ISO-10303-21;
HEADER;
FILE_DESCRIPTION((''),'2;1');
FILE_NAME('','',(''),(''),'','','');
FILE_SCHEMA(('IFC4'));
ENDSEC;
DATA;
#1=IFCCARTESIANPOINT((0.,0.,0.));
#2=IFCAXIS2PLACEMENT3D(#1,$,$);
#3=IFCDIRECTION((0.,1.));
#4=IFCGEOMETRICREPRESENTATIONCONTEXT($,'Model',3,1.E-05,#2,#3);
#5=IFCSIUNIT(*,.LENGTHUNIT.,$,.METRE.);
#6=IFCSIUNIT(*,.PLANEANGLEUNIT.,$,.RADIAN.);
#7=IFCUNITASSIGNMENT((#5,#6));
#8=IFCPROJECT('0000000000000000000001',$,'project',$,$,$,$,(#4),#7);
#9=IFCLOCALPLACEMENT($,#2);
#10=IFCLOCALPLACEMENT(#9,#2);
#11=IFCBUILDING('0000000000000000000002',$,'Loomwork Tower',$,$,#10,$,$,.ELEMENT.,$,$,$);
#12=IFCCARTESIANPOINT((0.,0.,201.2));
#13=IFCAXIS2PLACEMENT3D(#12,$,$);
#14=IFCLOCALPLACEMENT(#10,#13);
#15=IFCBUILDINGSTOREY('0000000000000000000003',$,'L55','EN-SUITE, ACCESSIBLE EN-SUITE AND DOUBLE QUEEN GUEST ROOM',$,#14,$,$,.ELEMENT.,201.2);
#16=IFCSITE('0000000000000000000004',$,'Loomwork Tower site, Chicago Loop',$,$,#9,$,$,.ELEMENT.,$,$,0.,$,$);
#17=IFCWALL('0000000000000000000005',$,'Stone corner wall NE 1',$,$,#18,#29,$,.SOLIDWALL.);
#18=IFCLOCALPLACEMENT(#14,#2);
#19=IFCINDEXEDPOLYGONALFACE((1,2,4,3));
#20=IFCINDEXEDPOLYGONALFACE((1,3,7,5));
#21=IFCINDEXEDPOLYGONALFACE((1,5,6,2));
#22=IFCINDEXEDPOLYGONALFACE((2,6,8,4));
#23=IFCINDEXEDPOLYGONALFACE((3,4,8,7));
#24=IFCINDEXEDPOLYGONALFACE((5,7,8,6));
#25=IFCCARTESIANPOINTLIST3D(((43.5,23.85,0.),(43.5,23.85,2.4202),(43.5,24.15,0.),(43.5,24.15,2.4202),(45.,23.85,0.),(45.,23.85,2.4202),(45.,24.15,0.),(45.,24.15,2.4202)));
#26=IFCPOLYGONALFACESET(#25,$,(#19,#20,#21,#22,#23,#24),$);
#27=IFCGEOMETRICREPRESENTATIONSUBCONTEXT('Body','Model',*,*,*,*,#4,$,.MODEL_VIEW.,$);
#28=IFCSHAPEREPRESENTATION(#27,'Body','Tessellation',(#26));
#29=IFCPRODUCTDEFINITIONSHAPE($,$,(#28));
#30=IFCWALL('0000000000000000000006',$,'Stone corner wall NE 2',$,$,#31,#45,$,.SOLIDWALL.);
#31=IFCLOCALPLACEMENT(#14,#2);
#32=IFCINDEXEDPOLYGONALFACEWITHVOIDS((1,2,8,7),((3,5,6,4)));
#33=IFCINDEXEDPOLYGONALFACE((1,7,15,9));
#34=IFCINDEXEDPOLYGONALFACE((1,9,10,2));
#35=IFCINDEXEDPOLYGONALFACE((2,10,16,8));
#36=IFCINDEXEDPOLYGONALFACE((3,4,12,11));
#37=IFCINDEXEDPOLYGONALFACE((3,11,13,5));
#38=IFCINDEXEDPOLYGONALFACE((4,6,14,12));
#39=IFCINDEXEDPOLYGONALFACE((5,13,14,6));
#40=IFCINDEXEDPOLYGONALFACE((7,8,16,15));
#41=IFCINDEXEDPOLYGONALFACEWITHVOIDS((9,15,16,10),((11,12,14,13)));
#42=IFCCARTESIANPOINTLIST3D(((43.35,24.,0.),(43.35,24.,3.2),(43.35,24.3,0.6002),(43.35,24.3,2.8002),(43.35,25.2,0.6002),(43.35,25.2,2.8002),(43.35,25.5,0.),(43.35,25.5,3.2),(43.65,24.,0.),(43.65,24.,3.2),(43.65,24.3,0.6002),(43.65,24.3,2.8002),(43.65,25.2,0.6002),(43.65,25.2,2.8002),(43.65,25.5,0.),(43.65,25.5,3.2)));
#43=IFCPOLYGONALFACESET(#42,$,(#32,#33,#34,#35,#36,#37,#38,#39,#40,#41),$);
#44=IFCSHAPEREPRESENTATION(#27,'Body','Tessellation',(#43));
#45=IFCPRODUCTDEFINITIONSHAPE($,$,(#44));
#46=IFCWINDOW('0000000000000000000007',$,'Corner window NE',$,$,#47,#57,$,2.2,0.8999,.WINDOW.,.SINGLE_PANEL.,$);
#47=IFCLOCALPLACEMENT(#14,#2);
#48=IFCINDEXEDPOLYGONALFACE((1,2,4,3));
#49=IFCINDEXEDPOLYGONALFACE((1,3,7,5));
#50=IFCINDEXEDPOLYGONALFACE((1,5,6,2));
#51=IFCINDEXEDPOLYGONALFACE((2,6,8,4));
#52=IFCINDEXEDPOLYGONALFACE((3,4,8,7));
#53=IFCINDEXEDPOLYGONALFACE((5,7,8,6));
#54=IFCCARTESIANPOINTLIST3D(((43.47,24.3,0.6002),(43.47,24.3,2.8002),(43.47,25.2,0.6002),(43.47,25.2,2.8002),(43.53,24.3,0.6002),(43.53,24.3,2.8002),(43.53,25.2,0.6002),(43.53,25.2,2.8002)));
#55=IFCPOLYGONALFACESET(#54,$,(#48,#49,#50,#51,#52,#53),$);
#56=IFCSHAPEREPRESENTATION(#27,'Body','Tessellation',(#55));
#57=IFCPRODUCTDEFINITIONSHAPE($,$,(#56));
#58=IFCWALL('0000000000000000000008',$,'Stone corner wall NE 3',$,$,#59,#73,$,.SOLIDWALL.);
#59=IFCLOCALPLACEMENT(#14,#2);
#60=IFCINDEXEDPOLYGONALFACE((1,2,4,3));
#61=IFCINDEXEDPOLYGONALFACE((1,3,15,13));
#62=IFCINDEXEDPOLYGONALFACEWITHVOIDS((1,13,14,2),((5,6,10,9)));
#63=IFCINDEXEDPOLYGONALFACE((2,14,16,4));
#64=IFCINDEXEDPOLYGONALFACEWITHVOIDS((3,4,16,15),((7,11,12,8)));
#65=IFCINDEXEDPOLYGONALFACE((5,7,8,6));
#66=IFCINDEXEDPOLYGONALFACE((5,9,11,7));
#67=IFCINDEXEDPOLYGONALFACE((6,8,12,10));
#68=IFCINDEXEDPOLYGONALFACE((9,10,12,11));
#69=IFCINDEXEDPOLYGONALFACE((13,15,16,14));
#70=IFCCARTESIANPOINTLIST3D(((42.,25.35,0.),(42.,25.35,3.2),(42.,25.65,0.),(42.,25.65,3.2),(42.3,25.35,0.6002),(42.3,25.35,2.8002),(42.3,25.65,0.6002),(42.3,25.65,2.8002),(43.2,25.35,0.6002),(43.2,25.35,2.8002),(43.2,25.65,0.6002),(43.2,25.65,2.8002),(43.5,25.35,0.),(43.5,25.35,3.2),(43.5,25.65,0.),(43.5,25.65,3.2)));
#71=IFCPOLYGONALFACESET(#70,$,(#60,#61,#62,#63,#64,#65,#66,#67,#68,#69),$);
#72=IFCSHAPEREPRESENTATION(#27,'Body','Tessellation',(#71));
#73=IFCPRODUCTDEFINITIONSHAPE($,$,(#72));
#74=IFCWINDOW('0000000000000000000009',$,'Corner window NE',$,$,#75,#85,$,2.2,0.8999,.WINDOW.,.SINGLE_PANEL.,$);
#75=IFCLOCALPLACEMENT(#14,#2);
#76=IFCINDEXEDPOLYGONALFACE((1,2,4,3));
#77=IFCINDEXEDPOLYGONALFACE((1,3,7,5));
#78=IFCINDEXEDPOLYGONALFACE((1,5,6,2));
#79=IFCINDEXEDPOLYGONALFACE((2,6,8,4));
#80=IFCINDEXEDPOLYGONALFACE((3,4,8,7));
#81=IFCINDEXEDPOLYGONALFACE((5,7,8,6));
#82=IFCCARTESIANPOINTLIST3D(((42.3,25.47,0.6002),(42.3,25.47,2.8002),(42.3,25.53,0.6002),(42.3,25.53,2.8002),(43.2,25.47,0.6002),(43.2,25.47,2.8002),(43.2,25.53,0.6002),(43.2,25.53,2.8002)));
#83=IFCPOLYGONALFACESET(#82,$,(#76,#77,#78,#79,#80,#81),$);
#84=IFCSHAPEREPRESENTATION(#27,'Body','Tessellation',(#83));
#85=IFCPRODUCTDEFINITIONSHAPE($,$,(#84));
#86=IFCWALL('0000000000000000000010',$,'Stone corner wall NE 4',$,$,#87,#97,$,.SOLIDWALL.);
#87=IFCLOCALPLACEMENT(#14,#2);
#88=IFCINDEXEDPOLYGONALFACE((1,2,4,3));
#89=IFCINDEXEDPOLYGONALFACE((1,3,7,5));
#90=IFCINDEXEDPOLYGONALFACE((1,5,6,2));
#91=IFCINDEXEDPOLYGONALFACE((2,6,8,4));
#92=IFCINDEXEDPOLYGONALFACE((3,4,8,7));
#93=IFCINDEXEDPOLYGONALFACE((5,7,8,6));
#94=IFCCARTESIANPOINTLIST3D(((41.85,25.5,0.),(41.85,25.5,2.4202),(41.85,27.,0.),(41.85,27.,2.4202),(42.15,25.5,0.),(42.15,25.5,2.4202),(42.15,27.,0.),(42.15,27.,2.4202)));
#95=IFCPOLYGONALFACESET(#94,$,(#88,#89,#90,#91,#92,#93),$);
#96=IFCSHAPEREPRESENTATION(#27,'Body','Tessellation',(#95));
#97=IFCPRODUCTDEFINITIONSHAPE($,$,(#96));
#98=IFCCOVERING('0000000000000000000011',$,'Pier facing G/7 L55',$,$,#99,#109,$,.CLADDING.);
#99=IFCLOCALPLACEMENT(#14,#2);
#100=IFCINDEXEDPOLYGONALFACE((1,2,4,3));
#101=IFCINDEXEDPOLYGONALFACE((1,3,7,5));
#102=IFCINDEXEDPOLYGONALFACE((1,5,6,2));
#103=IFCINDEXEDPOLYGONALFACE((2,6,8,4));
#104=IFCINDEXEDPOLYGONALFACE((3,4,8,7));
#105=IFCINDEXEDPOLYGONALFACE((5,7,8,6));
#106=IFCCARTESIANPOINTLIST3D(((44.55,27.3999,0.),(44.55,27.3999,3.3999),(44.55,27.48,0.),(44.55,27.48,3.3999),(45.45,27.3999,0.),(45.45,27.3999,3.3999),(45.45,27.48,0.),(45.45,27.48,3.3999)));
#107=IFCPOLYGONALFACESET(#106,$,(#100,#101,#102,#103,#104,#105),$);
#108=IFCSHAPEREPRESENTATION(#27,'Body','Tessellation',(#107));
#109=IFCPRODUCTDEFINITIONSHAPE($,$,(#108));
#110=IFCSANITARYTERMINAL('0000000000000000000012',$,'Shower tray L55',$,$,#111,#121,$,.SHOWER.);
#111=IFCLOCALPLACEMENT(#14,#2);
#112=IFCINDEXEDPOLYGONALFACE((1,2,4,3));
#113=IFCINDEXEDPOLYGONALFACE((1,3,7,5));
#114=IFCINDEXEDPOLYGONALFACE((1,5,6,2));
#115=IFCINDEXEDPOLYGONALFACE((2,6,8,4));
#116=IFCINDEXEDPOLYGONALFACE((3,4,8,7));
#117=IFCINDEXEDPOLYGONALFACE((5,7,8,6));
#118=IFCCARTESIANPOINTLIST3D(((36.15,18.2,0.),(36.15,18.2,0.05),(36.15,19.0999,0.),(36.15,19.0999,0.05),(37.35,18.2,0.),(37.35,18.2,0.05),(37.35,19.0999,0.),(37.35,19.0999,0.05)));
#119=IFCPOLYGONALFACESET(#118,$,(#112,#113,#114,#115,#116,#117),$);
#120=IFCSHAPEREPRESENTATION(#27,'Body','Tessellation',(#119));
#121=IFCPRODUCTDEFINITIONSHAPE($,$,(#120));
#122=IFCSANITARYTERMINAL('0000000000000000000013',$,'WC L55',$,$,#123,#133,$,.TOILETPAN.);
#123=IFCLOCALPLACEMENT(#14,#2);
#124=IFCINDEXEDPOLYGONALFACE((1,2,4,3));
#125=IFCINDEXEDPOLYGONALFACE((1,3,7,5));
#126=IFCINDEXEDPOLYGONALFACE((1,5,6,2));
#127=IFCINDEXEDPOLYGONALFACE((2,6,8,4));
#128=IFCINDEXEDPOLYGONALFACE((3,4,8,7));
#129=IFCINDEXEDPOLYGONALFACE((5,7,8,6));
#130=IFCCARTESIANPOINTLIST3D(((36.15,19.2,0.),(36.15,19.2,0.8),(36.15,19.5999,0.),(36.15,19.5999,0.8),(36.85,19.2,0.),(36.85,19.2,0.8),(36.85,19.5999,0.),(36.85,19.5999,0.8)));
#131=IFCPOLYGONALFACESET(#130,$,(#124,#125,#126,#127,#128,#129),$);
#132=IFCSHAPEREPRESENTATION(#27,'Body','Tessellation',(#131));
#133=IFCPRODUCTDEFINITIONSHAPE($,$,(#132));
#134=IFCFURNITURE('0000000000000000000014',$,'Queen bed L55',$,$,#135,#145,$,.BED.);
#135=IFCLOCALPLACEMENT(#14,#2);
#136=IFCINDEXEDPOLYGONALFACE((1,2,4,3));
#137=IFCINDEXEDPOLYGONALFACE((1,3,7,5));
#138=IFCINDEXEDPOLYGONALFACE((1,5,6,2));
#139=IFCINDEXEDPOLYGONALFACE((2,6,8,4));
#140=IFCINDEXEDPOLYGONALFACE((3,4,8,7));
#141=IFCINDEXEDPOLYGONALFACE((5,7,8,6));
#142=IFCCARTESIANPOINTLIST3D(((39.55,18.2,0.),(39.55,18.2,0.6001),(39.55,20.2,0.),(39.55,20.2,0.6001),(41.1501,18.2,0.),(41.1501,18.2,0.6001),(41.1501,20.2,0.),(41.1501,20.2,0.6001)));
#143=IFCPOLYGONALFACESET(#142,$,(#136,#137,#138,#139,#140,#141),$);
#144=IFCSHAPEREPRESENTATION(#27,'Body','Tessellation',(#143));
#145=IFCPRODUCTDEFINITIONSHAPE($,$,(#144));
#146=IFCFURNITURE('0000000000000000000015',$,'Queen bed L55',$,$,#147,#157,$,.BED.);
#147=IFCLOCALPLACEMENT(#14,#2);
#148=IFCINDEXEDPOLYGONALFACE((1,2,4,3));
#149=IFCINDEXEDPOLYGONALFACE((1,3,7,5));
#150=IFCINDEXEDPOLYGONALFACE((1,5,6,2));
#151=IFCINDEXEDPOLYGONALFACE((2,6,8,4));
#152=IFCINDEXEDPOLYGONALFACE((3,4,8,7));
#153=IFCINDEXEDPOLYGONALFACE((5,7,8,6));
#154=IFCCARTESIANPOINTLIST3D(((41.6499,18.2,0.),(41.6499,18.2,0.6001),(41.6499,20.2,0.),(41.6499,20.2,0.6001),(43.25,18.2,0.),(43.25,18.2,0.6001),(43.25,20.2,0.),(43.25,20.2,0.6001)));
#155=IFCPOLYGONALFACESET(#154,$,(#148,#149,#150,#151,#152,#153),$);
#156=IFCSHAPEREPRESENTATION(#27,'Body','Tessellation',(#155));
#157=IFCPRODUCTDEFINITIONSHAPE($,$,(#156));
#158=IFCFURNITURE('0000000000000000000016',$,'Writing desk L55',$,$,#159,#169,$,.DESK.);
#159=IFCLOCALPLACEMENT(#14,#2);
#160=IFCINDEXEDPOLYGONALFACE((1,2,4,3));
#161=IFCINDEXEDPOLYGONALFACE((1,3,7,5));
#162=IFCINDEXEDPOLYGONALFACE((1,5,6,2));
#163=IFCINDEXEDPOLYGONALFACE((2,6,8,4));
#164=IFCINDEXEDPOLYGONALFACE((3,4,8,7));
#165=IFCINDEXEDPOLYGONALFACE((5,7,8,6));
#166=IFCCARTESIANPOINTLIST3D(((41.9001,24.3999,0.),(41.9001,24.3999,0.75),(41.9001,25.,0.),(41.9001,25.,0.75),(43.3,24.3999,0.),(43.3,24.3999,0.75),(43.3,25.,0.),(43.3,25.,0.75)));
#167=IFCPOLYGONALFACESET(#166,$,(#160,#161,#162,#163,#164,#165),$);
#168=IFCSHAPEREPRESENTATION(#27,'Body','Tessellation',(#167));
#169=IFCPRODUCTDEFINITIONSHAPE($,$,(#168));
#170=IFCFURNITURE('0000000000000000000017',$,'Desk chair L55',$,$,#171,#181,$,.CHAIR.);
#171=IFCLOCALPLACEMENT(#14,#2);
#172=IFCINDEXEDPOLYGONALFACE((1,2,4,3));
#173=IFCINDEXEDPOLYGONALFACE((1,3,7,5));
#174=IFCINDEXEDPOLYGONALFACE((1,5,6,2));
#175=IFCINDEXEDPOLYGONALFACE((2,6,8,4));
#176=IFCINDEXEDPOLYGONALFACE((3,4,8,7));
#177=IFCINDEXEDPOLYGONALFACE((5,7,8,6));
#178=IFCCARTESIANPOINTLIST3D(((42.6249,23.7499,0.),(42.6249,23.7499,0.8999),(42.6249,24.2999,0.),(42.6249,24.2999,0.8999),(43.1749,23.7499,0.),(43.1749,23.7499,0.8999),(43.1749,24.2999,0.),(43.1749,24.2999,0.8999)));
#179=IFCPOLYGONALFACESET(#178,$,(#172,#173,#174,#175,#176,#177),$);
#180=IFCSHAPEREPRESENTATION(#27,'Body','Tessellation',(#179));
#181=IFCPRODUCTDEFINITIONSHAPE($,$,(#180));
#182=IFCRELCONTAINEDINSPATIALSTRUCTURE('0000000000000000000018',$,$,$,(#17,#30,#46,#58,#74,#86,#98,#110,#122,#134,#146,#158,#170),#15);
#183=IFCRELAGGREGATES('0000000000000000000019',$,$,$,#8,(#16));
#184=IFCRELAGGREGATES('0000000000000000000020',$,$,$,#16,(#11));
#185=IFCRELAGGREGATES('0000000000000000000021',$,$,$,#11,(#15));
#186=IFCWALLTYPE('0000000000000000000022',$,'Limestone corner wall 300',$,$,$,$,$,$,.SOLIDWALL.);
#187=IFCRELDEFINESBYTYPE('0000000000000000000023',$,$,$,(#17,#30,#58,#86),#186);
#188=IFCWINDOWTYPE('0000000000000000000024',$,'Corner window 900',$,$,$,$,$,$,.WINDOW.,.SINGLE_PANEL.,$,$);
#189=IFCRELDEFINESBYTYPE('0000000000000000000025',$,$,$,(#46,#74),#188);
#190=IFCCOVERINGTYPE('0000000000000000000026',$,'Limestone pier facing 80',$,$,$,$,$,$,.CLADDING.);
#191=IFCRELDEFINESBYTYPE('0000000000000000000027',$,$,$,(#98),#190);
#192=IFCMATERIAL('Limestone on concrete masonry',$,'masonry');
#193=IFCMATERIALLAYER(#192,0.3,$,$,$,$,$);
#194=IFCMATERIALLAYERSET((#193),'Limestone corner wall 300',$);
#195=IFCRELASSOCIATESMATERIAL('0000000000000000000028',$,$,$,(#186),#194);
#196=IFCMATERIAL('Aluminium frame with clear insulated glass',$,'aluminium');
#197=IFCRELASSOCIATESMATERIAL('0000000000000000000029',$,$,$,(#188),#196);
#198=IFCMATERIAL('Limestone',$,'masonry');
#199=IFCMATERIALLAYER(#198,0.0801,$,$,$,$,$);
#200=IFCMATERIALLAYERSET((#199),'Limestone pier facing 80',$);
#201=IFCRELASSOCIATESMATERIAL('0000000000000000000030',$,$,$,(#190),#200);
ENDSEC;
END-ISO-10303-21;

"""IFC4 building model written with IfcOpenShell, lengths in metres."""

from ifc_helpers import new_model, si_unit, direction, frame, frame_2d, origin, origin_2d, place, context, subcontext, project, spatial, rectangle, extrude, material, layer, layer_set, type_object, element, fill, save


model = new_model("IFC4")

# Units and contexts
model_context = context("Model", 3, precision=1e-05, world=origin(), true_north=direction((0.0, 1.0)))
body_context = subcontext(model_context, "Body", "Model", "MODEL_VIEW")
ifc_project = project(units=[si_unit("LENGTHUNIT", "METRE"), si_unit("PLANEANGLEUNIT", "RADIAN")], contexts=[model_context])

# Site, building, storey
site_placement = place(None, origin())
site = spatial("IfcSite", under=ifc_project, at=site_placement, Name="Loomwork Tower site, Chicago Loop", CompositionType="ELEMENT", RefElevation=0.0)
building_placement = place(site_placement, origin())
building = spatial("IfcBuilding", under=site, at=building_placement, Name="Loomwork Tower", CompositionType="ELEMENT")
storey_placement = place(building_placement, frame((0.0, 0.0, 201.2)))
storey = spatial("IfcBuildingStorey", under=building, at=storey_placement, Name="L55", Description="EN-SUITE, ACCESSIBLE EN-SUITE AND DOUBLE QUEEN GUEST ROOM", CompositionType="ELEMENT", Elevation=201.2)

# Wall
ifc_material_1 = material(Name="Limestone on concrete masonry", Category="masonry")
ifc_layer_1 = layer(ifc_material_1, 0.3)
ifc_layer_set_1 = layer_set([ifc_layer_1], Name="Limestone corner wall 300")
wall_type = type_object("IfcWallType", Name="Limestone corner wall 300", PredefinedType="SOLIDWALL", material=ifc_layer_set_1)
wall_1_placement = place(storey_placement, frame((45.0, 24.0, 0.0), z_axis=(0.0, 0.0, 1.0), x_axis=(-1.0, 0.0, 0.0)))
element("IfcWall", 1, at=wall_1_placement, inside=storey, type_object=wall_type, Name="Stone corner wall NE 1", PredefinedType="SOLIDWALL", context=body_context, shape_type="SweptSolid", body=[
    extrude(rectangle(XDim=1.5, YDim=0.3, at=frame_2d((0.75, 0.0))), origin(), (0.0, 0.0, 1.0), 2.4202),
])

# Walls, openings, windows
wall_2_placement = place(storey_placement, frame((43.5, 24.0, 0.0), z_axis=(0.0, 0.0, 1.0), x_axis=(0.0, 1.0, 0.0)))
wall_2 = element("IfcWall", 2, at=wall_2_placement, inside=storey, type_object=wall_type, Name="Stone corner wall NE 2", PredefinedType="SOLIDWALL", context=body_context, shape_type="SweptSolid", body=[
    extrude(rectangle(XDim=1.5, YDim=0.3, at=frame_2d((0.75, 0.0))), origin(), (0.0, 0.0, 1.0), 3.2),
])
opening_1_placement = place(wall_2_placement, frame((0.3, 0.0, 0.6001)))
opening_1 = element("IfcOpeningElement", 3, at=opening_1_placement, cuts=wall_2, PredefinedType="OPENING", context=body_context, shape_type="SweptSolid", body=[
    extrude(rectangle(XDim=0.8999, YDim=2.2, at=frame_2d((0.45, 1.1001))), frame((0.0, 0.1599, 0.0), z_axis=(0.0, -1.0, 0.0), x_axis=(1.0, 0.0, 0.0)), (0.0, 0.0, 1.0), 0.3201),
])
ifc_material_2 = material(Name="Aluminium frame with clear insulated glass", Category="aluminium")
window_type = type_object("IfcWindowType", Name="Corner window 900", PartitioningType="SINGLE_PANEL", PredefinedType="WINDOW", material=ifc_material_2)
window_1_placement = place(opening_1_placement, origin())
window_1 = element("IfcWindow", 4, at=window_1_placement, inside=storey, type_object=window_type, Name="Corner window NE", OverallHeight=2.2, OverallWidth=0.8999, PartitioningType="SINGLE_PANEL", PredefinedType="WINDOW", context=body_context, shape_type="SweptSolid", body=[
    extrude(rectangle(XDim=0.8999, YDim=2.2, at=frame_2d((0.45, 1.1001))), frame((0.0, 0.03, 0.0), z_axis=(0.0, -1.0, 0.0), x_axis=(1.0, 0.0, 0.0)), (0.0, 0.0, 1.0), 0.0601),
])
fill(opening_1, window_1)
wall_3_placement = place(storey_placement, frame((43.5, 25.5, 0.0), z_axis=(0.0, 0.0, 1.0), x_axis=(-1.0, 0.0, 0.0)))
wall_3 = element("IfcWall", 5, at=wall_3_placement, inside=storey, type_object=wall_type, Name="Stone corner wall NE 3", PredefinedType="SOLIDWALL", context=body_context, shape_type="SweptSolid", body=[
    extrude(rectangle(XDim=1.5, YDim=0.3, at=frame_2d((0.75, 0.0))), origin(), (0.0, 0.0, 1.0), 3.2),
])
opening_2_placement = place(wall_3_placement, frame((0.3, 0.0, 0.6001)))
opening_2 = element("IfcOpeningElement", 6, at=opening_2_placement, cuts=wall_3, PredefinedType="OPENING", context=body_context, shape_type="SweptSolid", body=[
    extrude(rectangle(XDim=0.8999, YDim=2.2, at=frame_2d((0.45, 1.1001))), frame((0.0, 0.1599, 0.0), z_axis=(0.0, -1.0, 0.0), x_axis=(1.0, 0.0, 0.0)), (0.0, 0.0, 1.0), 0.3201),
])
window_2_placement = place(opening_2_placement, origin())
window_2 = element("IfcWindow", 7, at=window_2_placement, inside=storey, type_object=window_type, Name="Corner window NE", OverallHeight=2.2, OverallWidth=0.8999, PartitioningType="SINGLE_PANEL", PredefinedType="WINDOW", context=body_context, shape_type="SweptSolid", body=[
    extrude(rectangle(XDim=0.8999, YDim=2.2, at=frame_2d((0.45, 1.1001))), frame((0.0, 0.03, 0.0), z_axis=(0.0, -1.0, 0.0), x_axis=(1.0, 0.0, 0.0)), (0.0, 0.0, 1.0), 0.0601),
])
fill(opening_2, window_2)

# Wall
wall_4_placement = place(storey_placement, frame((42.0, 25.5, 0.0), z_axis=(0.0, 0.0, 1.0), x_axis=(0.0, 1.0, 0.0)))
element("IfcWall", 8, at=wall_4_placement, inside=storey, type_object=wall_type, Name="Stone corner wall NE 4", PredefinedType="SOLIDWALL", context=body_context, shape_type="SweptSolid", body=[
    extrude(rectangle(XDim=1.5, YDim=0.3, at=frame_2d((0.75, 0.0))), origin(), (0.0, 0.0, 1.0), 2.4202),
])

# Covering
ifc_material_3 = material(Name="Limestone", Category="masonry")
ifc_layer_2 = layer(ifc_material_3, 0.0801)
ifc_layer_set_2 = layer_set([ifc_layer_2], Name="Limestone pier facing 80")
covering_type = type_object("IfcCoveringType", Name="Limestone pier facing 80", PredefinedType="CLADDING", material=ifc_layer_set_2)
covering_placement = place(storey_placement, frame((45.0, 27.4399, 0.0), z_axis=(0.0, 0.0, 1.0), x_axis=(1.0, 0.0, 0.0)))
element("IfcCovering", 9, at=covering_placement, inside=storey, type_object=covering_type, Name="Pier facing G/7 L55", PredefinedType="CLADDING", context=body_context, shape_type="SweptSolid", body=[
    extrude(rectangle(XDim=0.8999, YDim=0.0801, at=origin_2d()), origin(), (0.0, 0.0, 1.0), 3.3999),
])

# Sanitary terminals
sanitary_terminal_1_placement = place(storey_placement, frame((36.75, 18.6499, 0.0), z_axis=(0.0, 0.0, 1.0), x_axis=(1.0, 0.0, 0.0)))
element("IfcSanitaryTerminal", 10, at=sanitary_terminal_1_placement, inside=storey, Name="Shower tray L55", PredefinedType="SHOWER", context=body_context, shape_type="SweptSolid", body=[
    extrude(rectangle(XDim=1.2, YDim=0.8999, at=origin_2d()), origin(), (0.0, 0.0, 1.0), 0.05),
])
sanitary_terminal_2_placement = place(storey_placement, frame((36.5, 19.3999, 0.0), z_axis=(0.0, 0.0, 1.0), x_axis=(1.0, 0.0, 0.0)))
element("IfcSanitaryTerminal", 11, at=sanitary_terminal_2_placement, inside=storey, Name="WC L55", PredefinedType="TOILETPAN", context=body_context, shape_type="SweptSolid", body=[
    extrude(rectangle(XDim=0.7, YDim=0.3999, at=origin_2d()), origin(), (0.0, 0.0, 1.0), 0.8),
])

# Furniture
for number, where, z_axis, x_axis, name in (
    (12, (40.3501, 19.2, 0.0), (0.0, 0.0, 1.0), (1.0, 0.0, 0.0), "Queen bed L55"),
    (13, (42.45, 19.2, 0.0), (0.0, 0.0, 1.0), (1.0, 0.0, 0.0), "Queen bed L55"),
):
    element("IfcFurniture", number, at=place(storey_placement, frame(where, z_axis=z_axis, x_axis=x_axis)), inside=storey, Name=name, PredefinedType="BED", context=body_context, shape_type="SweptSolid", body=[
        extrude(rectangle(XDim=1.6001, YDim=2.0, at=origin_2d()), origin(), (0.0, 0.0, 1.0), 0.6001),
    ])
furniture_1_placement = place(storey_placement, frame((42.6001, 24.7, 0.0), z_axis=(0.0, 0.0, 1.0), x_axis=(1.0, 0.0, 0.0)))
element("IfcFurniture", 14, at=furniture_1_placement, inside=storey, Name="Writing desk L55", PredefinedType="DESK", context=body_context, shape_type="SweptSolid", body=[
    extrude(rectangle(XDim=1.3999, YDim=0.6001, at=origin_2d()), origin(), (0.0, 0.0, 1.0), 0.75),
])
furniture_2_placement = place(storey_placement, frame((42.8999, 24.0249, 0.0), z_axis=(0.0, 0.0, 1.0), x_axis=(1.0, 0.0, 0.0)))
element("IfcFurniture", 15, at=furniture_2_placement, inside=storey, Name="Desk chair L55", PredefinedType="CHAIR", context=body_context, shape_type="SweptSolid", body=[
    extrude(rectangle(XDim=0.55, YDim=0.55, at=origin_2d()), origin(), (0.0, 0.0, 1.0), 0.8999),
])

save(model, "model.ifc")
